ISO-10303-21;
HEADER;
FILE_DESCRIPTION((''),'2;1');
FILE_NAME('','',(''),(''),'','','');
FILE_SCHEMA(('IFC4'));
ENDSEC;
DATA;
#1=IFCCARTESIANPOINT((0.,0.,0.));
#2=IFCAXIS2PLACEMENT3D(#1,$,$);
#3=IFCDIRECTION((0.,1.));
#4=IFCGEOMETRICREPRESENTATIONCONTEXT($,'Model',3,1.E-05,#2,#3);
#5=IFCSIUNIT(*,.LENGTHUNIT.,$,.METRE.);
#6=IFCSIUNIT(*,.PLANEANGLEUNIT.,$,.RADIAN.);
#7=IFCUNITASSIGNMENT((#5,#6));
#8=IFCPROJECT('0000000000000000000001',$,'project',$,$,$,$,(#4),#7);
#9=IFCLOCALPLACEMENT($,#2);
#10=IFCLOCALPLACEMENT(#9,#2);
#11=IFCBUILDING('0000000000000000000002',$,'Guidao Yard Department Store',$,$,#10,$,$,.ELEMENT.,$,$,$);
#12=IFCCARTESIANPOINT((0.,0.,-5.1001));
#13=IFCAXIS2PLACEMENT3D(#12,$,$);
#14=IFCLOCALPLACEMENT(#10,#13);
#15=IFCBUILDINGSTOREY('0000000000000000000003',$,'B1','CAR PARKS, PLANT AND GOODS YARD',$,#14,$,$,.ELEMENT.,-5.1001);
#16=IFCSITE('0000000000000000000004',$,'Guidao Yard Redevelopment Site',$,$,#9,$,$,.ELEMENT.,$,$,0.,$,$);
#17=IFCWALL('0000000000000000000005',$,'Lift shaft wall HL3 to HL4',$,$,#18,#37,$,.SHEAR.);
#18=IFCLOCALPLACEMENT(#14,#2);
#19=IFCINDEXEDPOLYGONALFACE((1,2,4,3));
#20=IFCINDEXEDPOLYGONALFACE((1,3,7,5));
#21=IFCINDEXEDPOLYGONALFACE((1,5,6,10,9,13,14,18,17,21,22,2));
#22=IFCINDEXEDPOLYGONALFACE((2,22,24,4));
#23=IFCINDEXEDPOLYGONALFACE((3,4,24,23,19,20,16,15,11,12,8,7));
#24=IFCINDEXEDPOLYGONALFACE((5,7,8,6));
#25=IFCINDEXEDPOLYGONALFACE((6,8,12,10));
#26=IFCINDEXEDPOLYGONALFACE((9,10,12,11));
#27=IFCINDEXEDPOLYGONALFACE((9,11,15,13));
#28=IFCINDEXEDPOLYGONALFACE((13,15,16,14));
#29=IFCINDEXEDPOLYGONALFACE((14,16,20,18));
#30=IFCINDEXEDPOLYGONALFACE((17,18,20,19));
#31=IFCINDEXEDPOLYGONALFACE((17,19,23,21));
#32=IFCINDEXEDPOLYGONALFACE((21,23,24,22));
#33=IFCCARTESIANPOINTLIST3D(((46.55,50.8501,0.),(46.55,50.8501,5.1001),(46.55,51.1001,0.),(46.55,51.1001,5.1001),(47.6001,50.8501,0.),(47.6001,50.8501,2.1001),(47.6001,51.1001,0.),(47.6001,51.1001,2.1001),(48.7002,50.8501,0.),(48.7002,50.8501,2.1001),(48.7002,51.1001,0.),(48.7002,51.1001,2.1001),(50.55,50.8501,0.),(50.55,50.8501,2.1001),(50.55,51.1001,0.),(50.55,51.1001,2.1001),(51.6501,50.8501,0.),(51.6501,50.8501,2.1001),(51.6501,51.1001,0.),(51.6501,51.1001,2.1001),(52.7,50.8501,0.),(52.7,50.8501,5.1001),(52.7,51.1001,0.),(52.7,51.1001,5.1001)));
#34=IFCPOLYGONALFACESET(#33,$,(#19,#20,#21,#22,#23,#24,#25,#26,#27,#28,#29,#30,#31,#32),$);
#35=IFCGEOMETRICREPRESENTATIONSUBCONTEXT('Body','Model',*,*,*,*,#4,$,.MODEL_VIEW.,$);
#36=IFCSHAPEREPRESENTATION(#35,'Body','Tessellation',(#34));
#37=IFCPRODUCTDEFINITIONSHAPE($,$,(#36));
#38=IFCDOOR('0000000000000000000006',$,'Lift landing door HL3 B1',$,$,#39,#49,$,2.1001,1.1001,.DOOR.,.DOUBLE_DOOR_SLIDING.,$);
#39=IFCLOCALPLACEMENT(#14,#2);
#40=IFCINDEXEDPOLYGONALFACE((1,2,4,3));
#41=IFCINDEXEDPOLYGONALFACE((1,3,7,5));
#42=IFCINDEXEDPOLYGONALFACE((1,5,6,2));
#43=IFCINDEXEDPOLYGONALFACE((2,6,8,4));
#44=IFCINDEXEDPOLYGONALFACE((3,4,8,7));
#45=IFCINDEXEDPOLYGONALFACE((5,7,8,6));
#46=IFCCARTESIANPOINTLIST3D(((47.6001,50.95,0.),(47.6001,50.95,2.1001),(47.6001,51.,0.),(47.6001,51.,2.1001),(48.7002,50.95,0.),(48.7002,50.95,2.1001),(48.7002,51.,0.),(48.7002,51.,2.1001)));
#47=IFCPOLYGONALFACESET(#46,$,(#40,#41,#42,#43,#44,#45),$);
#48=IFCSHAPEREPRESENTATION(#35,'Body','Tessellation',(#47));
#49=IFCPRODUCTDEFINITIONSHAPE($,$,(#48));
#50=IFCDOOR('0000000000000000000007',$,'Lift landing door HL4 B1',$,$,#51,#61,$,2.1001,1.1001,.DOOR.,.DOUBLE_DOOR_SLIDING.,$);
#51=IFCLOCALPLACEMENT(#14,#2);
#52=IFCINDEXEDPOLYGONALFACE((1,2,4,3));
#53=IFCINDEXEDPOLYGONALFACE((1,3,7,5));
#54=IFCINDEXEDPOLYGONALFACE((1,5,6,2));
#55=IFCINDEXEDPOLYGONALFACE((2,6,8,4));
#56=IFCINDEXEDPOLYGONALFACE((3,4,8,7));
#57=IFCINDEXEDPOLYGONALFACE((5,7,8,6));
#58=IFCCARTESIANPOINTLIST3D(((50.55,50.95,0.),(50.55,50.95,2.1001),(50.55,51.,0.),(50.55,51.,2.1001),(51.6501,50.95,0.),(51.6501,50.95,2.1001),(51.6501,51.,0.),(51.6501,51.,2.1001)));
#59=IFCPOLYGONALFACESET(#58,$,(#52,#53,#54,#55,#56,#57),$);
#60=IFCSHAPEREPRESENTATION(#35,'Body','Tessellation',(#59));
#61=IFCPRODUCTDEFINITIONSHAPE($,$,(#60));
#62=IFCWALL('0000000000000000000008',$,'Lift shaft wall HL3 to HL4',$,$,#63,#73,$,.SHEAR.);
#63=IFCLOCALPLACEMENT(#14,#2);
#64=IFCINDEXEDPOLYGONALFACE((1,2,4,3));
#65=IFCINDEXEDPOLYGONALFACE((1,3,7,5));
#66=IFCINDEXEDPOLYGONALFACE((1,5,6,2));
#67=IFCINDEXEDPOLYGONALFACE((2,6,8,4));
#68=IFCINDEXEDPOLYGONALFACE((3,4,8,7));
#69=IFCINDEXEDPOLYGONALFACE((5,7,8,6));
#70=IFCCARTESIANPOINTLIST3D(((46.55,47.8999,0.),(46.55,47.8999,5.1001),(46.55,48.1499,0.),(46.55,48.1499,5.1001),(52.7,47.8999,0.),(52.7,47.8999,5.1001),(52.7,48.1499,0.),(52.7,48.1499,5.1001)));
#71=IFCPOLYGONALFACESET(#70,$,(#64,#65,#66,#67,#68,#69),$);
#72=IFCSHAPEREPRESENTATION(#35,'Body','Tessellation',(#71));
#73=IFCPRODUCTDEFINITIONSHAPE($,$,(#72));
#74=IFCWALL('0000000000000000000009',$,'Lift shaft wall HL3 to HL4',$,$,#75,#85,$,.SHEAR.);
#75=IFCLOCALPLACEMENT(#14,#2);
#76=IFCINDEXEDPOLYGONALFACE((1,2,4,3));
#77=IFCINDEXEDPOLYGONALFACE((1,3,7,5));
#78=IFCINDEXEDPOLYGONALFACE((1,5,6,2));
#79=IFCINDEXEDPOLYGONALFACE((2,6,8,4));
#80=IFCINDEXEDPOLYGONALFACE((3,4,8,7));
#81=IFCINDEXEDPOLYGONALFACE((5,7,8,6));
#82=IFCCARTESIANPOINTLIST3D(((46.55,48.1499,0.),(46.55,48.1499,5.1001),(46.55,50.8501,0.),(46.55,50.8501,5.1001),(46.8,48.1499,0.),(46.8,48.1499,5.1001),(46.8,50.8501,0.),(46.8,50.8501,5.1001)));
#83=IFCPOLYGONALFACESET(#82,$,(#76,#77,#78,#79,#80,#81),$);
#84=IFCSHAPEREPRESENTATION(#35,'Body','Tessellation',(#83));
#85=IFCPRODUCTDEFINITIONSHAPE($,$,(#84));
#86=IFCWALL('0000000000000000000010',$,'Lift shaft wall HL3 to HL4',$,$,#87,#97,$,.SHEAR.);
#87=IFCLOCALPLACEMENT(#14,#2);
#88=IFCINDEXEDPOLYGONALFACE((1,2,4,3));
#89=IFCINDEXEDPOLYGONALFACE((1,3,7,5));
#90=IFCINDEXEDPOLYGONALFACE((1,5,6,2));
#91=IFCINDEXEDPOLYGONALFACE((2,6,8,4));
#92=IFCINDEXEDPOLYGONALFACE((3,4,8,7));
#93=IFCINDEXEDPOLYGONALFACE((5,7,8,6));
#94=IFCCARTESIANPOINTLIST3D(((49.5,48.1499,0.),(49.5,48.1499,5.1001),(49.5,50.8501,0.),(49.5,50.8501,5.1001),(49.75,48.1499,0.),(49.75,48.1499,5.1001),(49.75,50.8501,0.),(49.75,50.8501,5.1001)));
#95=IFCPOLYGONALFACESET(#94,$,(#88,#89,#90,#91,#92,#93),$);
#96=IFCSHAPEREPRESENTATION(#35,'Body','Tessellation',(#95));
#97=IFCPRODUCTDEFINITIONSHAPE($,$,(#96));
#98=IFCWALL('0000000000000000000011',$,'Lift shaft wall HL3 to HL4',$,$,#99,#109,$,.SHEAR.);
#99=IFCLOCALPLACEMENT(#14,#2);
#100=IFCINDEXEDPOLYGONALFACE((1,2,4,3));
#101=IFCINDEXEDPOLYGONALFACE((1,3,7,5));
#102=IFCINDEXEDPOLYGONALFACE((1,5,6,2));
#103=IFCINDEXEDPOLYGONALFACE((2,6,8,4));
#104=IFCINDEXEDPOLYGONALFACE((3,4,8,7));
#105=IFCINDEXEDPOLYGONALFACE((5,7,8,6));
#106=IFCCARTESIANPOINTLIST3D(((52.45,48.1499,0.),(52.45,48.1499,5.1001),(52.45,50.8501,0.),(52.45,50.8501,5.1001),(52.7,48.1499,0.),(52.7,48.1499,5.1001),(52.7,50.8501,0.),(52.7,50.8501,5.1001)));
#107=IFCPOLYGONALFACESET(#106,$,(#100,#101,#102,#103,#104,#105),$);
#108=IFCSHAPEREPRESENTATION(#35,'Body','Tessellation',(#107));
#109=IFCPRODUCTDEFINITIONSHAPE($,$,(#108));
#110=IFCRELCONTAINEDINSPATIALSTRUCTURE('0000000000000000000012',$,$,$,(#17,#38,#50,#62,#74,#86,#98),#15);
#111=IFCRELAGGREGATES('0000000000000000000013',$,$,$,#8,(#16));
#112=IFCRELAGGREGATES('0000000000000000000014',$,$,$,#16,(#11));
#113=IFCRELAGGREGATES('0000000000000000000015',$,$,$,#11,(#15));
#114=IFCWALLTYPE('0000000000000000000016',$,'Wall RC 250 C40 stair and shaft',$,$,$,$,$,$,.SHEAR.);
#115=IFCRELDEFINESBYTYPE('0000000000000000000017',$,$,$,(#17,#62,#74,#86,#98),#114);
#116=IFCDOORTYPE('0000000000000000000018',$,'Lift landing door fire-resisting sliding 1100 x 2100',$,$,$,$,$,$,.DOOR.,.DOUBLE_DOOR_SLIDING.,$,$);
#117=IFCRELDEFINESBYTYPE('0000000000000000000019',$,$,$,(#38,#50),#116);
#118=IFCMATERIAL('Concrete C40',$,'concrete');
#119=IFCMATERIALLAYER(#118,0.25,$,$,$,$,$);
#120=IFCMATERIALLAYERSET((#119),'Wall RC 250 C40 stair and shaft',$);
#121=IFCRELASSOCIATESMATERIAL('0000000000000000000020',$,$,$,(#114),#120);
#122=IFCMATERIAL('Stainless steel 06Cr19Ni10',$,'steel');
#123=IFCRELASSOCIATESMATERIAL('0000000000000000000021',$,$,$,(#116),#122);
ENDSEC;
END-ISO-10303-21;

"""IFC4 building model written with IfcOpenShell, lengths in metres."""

from ifc_helpers import new_model, si_unit, direction, frame, frame_2d, origin, place, context, subcontext, project, spatial, rectangle, extrude, material, layer, layer_set, type_object, element, fill, save


model = new_model("IFC4")

# Units and contexts
model_context = context("Model", 3, precision=1e-05, world=origin(), true_north=direction((0.0, 1.0)))
body_context = subcontext(model_context, "Body", "Model", "MODEL_VIEW")
ifc_project = project(units=[si_unit("LENGTHUNIT", "METRE"), si_unit("PLANEANGLEUNIT", "RADIAN")], contexts=[model_context])

# Site, building, storey
site_placement = place(None, origin())
site = spatial("IfcSite", under=ifc_project, at=site_placement, Name="Guidao Yard Redevelopment Site", CompositionType="ELEMENT", RefElevation=0.0)
building_placement = place(site_placement, origin())
building = spatial("IfcBuilding", under=site, at=building_placement, Name="Guidao Yard Department Store", CompositionType="ELEMENT")
storey_placement = place(building_placement, frame((0.0, 0.0, -5.1001)))
storey = spatial("IfcBuildingStorey", under=building, at=storey_placement, Name="B1", Description="CAR PARKS, PLANT AND GOODS YARD", CompositionType="ELEMENT", Elevation=-5.1001)

# Wall, openings, doors
ifc_material_1 = material(Name="Concrete C40", Category="concrete")
ifc_layer_1 = layer(ifc_material_1, 0.25)
ifc_layer_set_1 = layer_set([ifc_layer_1], Name="Wall RC 250 C40 stair and shaft")
wall_type_1 = type_object("IfcWallType", Name="Wall RC 250 C40 stair and shaft", PredefinedType="SHEAR", material=ifc_layer_set_1)
wall_1_placement = place(storey_placement, frame((46.55, 50.9751, 0.0), z_axis=(0.0, 0.0, 1.0), x_axis=(1.0, 0.0, 0.0)))
wall_1 = element("IfcWall", 1, at=wall_1_placement, inside=storey, type_object=wall_type_1, Name="Lift shaft wall HL3 to HL4", PredefinedType="SHEAR", context=body_context, shape_type="SweptSolid", body=[
    extrude(rectangle(XDim=6.1499, YDim=0.25, at=frame_2d((3.075, 0.0))), origin(), (0.0, 0.0, 1.0), 5.1001),
])
opening_1_placement = place(wall_1_placement, frame((1.05, 0.0, 0.0)))
opening_1 = element("IfcOpeningElement", 2, at=opening_1_placement, cuts=wall_1, PredefinedType="OPENING", context=body_context, shape_type="SweptSolid", body=[
    extrude(rectangle(XDim=1.1001, YDim=2.1001, at=frame_2d((0.55, 1.05))), frame((0.0, 0.135, 0.0), z_axis=(0.0, -1.0, 0.0), x_axis=(1.0, 0.0, 0.0)), (0.0, 0.0, 1.0), 0.27),
])
opening_2_placement = place(wall_1_placement, frame((4.0, 0.0, 0.0)))
opening_2 = element("IfcOpeningElement", 3, at=opening_2_placement, cuts=wall_1, PredefinedType="OPENING", context=body_context, shape_type="SweptSolid", body=[
    extrude(rectangle(XDim=1.1001, YDim=2.1001, at=frame_2d((0.55, 1.05))), frame((0.0, 0.135, 0.0), z_axis=(0.0, -1.0, 0.0), x_axis=(1.0, 0.0, 0.0)), (0.0, 0.0, 1.0), 0.27),
])
ifc_material_2 = material(Name="Stainless steel 06Cr19Ni10", Category="steel")
door_type = type_object("IfcDoorType", Name="Lift landing door fire-resisting sliding 1100 x 2100", OperationType="DOUBLE_DOOR_SLIDING", PredefinedType="DOOR", material=ifc_material_2)
door_1_placement = place(opening_1_placement, origin())
door_1 = element("IfcDoor", 4, at=door_1_placement, inside=storey, type_object=door_type, Name="Lift landing door HL3 B1", OperationType="DOUBLE_DOOR_SLIDING", OverallHeight=2.1001, OverallWidth=1.1001, PredefinedType="DOOR", context=body_context, shape_type="SweptSolid", body=[
    extrude(rectangle(XDim=1.1001, YDim=2.1001, at=frame_2d((0.55, 1.05))), frame((0.0, 0.0249, 0.0), z_axis=(0.0, -1.0, 0.0), x_axis=(1.0, 0.0, 0.0)), (0.0, 0.0, 1.0), 0.05),
])
fill(opening_1, door_1)
door_2_placement = place(opening_2_placement, origin())
door_2 = element("IfcDoor", 5, at=door_2_placement, inside=storey, type_object=door_type, Name="Lift landing door HL4 B1", OperationType="DOUBLE_DOOR_SLIDING", OverallHeight=2.1001, OverallWidth=1.1001, PredefinedType="DOOR", context=body_context, shape_type="SweptSolid", body=[
    extrude(rectangle(XDim=1.1001, YDim=2.1001, at=frame_2d((0.55, 1.05))), frame((0.0, 0.0249, 0.0), z_axis=(0.0, -1.0, 0.0), x_axis=(1.0, 0.0, 0.0)), (0.0, 0.0, 1.0), 0.05),
])
fill(opening_2, door_2)

# Walls
wall_2_placement = place(storey_placement, frame((46.55, 48.0249, 0.0), z_axis=(0.0, 0.0, 1.0), x_axis=(1.0, 0.0, 0.0)))
element("IfcWall", 6, at=wall_2_placement, inside=storey, type_object=wall_type_1, Name="Lift shaft wall HL3 to HL4", PredefinedType="SHEAR", context=body_context, shape_type="SweptSolid", body=[
    extrude(rectangle(XDim=6.1499, YDim=0.25, at=frame_2d((3.075, 0.0))), origin(), (0.0, 0.0, 1.0), 5.1001),
])
for number, where, z_axis, x_axis, name in (
    (7, (46.675, 48.1499, 0.0), (0.0, 0.0, 1.0), (0.0, 1.0, 0.0), "Lift shaft wall HL3 to HL4"),
    (8, (49.625, 48.1499, 0.0), (0.0, 0.0, 1.0), (0.0, 1.0, 0.0), "Lift shaft wall HL3 to HL4"),
    (9, (52.575, 48.1499, 0.0), (0.0, 0.0, 1.0), (0.0, 1.0, 0.0), "Lift shaft wall HL3 to HL4"),
):
    element("IfcWall", number, at=place(storey_placement, frame(where, z_axis=z_axis, x_axis=x_axis)), inside=storey, type_object=wall_type_1, Name=name, PredefinedType="SHEAR", context=body_context, shape_type="SweptSolid", body=[
        extrude(rectangle(XDim=2.7002, YDim=0.25, at=frame_2d((1.3501, 0.0))), origin(), (0.0, 0.0, 1.0), 5.1001),
    ])

save(model, "model.ifc")
